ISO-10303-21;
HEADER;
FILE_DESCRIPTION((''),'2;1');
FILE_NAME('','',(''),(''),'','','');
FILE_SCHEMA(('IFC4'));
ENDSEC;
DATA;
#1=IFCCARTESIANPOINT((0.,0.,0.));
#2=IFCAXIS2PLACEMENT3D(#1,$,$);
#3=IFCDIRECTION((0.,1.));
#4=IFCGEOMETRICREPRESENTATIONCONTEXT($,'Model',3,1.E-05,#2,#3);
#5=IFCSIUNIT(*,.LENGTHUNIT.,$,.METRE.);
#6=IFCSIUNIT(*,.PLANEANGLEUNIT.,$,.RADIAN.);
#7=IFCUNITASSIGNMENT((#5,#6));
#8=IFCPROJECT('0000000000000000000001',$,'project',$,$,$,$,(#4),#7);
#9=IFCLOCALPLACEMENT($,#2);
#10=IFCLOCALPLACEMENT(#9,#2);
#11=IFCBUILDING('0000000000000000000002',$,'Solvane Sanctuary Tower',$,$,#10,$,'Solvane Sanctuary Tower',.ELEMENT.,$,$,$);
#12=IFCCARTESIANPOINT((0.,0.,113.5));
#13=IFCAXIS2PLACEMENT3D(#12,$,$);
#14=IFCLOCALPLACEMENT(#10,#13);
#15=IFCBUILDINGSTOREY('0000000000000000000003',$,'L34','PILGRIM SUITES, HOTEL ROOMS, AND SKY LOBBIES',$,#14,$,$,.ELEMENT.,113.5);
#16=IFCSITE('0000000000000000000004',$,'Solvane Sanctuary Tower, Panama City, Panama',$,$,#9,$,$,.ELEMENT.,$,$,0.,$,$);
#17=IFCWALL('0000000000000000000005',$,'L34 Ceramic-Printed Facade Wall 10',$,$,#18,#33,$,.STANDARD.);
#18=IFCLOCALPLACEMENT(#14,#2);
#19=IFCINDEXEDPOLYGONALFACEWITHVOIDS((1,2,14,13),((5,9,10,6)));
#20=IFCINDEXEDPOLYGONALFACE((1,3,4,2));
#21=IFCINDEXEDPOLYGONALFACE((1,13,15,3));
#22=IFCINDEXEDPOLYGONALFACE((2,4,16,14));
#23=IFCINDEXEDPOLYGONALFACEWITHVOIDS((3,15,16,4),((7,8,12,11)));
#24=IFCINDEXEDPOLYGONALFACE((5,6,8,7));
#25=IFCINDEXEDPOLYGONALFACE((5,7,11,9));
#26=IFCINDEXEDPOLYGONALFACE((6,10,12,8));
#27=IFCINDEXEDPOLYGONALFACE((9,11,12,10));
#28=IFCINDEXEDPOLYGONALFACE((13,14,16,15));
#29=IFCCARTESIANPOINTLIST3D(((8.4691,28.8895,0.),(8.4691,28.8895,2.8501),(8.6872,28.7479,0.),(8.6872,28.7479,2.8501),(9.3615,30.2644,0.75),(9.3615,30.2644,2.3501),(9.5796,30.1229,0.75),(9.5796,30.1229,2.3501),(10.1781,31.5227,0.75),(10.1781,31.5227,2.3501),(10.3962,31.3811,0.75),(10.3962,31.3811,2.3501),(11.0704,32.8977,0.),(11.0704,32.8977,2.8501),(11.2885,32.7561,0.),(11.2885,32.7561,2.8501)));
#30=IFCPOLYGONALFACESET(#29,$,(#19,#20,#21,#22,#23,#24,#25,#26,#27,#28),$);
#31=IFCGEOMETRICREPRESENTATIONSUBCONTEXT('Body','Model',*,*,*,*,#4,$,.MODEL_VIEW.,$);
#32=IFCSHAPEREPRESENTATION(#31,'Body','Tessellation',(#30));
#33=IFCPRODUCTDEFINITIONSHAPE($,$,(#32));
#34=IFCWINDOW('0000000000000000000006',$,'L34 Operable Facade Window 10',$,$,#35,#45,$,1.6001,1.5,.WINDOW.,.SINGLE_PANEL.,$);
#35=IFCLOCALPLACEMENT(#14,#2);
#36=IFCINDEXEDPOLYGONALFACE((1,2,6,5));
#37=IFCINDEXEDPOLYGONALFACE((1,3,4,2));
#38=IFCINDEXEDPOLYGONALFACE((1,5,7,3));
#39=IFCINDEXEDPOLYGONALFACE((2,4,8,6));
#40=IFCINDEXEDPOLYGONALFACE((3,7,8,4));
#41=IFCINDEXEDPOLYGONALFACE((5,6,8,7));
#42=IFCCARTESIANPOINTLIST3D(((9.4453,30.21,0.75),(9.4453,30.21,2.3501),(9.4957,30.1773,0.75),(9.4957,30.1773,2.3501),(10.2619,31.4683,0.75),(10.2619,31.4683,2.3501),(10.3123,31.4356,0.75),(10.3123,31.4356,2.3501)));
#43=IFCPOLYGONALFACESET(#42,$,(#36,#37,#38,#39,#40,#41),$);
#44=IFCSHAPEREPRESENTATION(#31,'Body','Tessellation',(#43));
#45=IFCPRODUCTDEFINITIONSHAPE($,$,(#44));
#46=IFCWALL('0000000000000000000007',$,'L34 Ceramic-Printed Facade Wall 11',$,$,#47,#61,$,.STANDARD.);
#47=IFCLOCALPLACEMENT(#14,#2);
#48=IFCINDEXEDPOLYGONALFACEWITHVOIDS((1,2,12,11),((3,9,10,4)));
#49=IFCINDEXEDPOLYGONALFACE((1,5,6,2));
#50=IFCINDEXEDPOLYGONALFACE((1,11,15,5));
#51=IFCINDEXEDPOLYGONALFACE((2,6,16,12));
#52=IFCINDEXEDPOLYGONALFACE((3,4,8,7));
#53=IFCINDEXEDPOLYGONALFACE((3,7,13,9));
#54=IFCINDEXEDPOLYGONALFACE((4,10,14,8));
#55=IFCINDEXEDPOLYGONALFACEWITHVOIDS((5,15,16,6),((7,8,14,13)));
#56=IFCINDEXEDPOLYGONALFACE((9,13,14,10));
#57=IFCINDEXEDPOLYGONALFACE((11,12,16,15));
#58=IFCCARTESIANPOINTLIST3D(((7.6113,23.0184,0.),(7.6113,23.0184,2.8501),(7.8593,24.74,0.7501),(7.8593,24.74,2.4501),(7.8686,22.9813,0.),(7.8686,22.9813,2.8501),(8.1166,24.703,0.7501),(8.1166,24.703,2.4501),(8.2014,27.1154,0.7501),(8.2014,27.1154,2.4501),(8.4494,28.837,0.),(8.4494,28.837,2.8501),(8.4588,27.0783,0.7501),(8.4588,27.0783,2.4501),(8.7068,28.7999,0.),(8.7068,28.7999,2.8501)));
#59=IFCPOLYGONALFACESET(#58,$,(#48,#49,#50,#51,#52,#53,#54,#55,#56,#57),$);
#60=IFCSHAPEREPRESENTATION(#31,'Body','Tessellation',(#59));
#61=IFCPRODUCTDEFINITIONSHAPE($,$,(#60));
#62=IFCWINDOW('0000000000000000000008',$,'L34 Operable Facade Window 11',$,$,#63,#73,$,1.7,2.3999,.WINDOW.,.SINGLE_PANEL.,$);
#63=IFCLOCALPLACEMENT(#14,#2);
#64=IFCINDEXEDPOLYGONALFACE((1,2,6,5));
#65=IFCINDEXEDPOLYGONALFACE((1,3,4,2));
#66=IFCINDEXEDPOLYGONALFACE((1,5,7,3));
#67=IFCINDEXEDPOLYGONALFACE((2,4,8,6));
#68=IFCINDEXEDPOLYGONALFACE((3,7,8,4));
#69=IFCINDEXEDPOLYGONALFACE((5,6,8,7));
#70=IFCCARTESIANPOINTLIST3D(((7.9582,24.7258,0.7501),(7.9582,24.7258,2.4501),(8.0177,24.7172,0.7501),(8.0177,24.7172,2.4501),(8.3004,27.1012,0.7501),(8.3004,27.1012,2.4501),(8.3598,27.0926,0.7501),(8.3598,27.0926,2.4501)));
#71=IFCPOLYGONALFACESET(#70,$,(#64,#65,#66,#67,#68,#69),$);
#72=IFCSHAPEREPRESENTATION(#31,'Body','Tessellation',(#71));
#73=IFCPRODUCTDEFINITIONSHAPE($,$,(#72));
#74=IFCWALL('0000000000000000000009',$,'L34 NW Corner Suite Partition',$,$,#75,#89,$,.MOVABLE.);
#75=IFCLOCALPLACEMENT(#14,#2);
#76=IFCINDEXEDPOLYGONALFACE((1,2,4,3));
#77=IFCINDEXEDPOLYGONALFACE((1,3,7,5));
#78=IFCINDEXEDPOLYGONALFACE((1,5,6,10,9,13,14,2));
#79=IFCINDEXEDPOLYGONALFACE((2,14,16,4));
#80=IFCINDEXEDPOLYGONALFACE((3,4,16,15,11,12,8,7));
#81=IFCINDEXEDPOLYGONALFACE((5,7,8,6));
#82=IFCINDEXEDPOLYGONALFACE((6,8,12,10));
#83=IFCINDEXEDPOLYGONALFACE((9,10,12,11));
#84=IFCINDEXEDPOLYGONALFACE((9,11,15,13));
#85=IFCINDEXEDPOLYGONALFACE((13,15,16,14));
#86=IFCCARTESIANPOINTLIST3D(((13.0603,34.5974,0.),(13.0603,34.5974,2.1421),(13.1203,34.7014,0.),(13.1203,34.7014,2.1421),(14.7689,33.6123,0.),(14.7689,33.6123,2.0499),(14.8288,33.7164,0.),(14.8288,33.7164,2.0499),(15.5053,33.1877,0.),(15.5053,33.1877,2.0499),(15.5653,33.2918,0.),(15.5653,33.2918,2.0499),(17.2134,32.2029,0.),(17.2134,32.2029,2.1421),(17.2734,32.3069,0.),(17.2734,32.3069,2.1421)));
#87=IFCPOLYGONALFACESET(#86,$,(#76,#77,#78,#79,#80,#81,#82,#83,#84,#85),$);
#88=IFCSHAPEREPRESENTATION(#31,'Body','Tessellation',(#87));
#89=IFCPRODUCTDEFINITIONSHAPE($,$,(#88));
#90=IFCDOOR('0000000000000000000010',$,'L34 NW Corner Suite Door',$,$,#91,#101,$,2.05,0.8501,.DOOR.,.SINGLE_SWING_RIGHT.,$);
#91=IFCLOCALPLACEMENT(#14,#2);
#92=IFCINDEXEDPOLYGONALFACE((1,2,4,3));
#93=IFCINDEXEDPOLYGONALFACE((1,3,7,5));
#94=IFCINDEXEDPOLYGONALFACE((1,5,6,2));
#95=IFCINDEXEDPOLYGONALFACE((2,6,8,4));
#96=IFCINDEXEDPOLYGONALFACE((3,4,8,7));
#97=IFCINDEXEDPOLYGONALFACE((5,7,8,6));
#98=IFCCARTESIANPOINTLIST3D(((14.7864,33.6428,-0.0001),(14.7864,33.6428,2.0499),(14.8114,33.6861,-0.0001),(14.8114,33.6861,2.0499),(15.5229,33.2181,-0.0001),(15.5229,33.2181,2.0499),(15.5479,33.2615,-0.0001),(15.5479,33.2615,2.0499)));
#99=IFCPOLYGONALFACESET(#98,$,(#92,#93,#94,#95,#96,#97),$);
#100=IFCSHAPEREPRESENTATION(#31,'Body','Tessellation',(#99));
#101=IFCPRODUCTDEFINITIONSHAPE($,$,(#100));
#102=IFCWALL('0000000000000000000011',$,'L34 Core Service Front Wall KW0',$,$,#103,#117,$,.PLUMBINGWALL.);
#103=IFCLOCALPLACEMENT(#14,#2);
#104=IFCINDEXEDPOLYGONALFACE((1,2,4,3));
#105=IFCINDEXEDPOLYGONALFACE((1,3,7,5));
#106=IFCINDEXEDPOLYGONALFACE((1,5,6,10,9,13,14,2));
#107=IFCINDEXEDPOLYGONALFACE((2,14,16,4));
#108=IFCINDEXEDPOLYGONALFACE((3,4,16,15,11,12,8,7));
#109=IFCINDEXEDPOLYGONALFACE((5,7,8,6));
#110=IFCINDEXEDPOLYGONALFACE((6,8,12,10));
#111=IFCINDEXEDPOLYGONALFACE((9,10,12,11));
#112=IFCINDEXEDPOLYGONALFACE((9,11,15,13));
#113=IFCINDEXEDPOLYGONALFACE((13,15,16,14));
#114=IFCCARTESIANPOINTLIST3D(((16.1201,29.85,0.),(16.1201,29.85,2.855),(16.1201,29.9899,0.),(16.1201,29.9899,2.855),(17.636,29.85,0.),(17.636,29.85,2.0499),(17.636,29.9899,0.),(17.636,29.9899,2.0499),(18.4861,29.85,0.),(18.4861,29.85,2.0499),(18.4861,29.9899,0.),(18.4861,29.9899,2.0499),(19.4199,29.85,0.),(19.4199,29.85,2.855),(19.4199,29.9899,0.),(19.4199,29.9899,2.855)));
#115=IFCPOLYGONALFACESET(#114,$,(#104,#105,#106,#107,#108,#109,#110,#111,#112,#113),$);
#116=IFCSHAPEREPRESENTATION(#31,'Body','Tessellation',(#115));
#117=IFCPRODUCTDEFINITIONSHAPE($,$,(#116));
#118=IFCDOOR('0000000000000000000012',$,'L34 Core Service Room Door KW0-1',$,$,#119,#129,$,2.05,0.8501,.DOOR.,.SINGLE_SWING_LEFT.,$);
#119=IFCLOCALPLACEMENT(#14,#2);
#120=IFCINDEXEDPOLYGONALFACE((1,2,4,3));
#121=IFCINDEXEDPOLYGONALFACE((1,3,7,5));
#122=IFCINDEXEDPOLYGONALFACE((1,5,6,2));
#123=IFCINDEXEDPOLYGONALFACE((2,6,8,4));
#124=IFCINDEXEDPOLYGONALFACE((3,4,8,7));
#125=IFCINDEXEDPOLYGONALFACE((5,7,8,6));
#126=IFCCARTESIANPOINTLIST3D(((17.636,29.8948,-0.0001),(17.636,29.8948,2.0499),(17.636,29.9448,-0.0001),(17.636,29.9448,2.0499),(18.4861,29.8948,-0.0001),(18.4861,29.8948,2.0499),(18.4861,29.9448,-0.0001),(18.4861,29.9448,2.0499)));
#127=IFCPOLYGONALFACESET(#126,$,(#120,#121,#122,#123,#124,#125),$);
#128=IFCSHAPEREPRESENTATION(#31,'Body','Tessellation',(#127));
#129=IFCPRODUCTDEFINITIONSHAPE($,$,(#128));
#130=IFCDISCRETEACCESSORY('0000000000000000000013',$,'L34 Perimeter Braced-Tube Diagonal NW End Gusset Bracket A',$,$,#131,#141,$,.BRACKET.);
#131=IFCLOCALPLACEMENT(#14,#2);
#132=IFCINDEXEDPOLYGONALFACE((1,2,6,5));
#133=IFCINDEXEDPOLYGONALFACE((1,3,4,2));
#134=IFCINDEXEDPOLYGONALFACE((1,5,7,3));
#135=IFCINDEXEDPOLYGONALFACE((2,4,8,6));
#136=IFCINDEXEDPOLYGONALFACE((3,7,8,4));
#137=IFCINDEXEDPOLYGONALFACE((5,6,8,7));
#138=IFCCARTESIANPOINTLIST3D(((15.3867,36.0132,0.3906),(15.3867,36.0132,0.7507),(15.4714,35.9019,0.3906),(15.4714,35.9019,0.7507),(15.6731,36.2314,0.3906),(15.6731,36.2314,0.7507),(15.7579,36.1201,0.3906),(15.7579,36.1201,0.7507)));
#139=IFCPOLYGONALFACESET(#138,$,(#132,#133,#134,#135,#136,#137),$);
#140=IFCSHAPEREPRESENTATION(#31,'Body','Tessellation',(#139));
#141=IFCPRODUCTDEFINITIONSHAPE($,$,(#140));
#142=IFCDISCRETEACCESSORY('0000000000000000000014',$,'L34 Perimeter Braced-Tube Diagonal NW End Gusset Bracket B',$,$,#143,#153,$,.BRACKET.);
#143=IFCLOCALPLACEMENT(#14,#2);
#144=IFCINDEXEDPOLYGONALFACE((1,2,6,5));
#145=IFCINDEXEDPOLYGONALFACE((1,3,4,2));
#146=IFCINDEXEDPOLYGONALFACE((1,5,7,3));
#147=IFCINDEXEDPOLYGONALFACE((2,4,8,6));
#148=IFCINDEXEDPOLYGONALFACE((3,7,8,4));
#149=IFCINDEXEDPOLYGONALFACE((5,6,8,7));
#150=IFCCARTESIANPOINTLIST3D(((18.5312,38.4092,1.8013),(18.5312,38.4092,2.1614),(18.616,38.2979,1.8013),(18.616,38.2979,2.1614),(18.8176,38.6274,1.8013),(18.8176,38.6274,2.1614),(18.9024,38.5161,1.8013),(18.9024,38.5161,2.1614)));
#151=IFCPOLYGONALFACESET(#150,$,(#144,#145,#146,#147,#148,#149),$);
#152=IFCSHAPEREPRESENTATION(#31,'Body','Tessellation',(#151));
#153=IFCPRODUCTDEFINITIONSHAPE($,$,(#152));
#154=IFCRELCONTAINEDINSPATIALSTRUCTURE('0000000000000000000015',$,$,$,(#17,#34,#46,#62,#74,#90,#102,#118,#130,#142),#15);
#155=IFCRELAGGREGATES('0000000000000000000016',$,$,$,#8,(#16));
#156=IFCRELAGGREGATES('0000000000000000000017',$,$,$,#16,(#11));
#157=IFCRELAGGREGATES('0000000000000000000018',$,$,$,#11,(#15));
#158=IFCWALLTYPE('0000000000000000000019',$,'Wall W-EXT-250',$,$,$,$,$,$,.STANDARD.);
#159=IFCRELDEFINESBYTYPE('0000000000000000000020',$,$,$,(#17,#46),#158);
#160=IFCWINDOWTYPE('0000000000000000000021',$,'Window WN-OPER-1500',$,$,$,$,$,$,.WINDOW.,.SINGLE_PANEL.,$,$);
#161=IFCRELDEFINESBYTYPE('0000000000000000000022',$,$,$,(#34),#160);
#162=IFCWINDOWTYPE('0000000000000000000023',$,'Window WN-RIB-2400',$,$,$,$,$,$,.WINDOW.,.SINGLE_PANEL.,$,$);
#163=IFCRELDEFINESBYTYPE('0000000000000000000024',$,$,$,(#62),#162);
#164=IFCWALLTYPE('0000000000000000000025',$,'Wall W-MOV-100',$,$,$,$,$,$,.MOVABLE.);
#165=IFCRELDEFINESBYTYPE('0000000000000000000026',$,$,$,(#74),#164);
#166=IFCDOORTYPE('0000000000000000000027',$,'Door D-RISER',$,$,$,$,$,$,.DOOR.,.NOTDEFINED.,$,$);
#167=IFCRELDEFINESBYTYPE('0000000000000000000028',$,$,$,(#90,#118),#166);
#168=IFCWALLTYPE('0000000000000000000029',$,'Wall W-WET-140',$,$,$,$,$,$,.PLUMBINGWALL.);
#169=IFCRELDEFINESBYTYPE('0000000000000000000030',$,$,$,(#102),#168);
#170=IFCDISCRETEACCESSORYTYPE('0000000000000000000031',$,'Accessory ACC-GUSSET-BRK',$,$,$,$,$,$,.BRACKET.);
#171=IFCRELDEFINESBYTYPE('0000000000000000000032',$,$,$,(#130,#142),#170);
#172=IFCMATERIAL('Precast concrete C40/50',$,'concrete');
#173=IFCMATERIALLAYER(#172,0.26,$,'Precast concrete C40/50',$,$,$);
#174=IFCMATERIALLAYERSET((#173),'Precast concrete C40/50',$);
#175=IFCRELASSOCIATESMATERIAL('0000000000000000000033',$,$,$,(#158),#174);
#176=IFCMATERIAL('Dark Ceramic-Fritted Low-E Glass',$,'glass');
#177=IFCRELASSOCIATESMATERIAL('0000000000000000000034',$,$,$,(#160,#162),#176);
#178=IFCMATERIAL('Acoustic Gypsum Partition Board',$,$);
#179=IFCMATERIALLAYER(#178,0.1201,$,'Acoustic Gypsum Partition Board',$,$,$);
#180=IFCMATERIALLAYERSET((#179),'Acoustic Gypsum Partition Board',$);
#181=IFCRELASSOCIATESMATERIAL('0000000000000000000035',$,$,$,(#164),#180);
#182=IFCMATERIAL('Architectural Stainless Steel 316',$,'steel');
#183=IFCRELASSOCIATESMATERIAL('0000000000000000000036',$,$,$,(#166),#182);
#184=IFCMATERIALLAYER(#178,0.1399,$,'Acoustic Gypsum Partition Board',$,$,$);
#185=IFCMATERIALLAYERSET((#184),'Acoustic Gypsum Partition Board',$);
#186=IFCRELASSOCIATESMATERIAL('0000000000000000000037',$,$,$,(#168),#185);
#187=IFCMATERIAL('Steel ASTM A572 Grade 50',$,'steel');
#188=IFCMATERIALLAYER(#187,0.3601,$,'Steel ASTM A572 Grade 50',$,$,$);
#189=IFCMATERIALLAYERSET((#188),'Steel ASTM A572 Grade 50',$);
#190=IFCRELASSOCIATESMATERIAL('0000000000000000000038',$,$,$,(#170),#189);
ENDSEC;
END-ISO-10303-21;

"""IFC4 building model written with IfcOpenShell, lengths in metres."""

from ifc_helpers import new_model, si_unit, direction, frame, frame_2d, origin, origin_2d, place, context, subcontext, project, spatial, rectangle, extrude, material, layer, layer_set, type_object, element, fill, save


model = new_model("IFC4")

# Units and contexts
model_context = context("Model", 3, precision=1e-05, world=origin(), true_north=direction((0.0, 1.0)))
body_context = subcontext(model_context, "Body", "Model", "MODEL_VIEW")
ifc_project = project(units=[si_unit("LENGTHUNIT", "METRE"), si_unit("PLANEANGLEUNIT", "RADIAN")], contexts=[model_context])

# Site, building, storey
site_placement = place(None, origin())
site = spatial("IfcSite", under=ifc_project, at=site_placement, Name="Solvane Sanctuary Tower, Panama City, Panama", CompositionType="ELEMENT", RefElevation=0.0)
building_placement = place(site_placement, origin())
building = spatial("IfcBuilding", under=site, at=building_placement, Name="Solvane Sanctuary Tower", LongName="Solvane Sanctuary Tower", CompositionType="ELEMENT")
storey_placement = place(building_placement, frame((0.0, 0.0, 113.5)))
storey = spatial("IfcBuildingStorey", under=building, at=storey_placement, Name="L34", Description="PILGRIM SUITES, HOTEL ROOMS, AND SKY LOBBIES", CompositionType="ELEMENT", Elevation=113.5)

# Shared definitions
ifc_material_1 = material(Name="Acoustic Gypsum Partition Board")

# Shared definitions
ifc_material_2 = material(Name="Precast concrete C40/50", Category="concrete")
ifc_layer_1 = layer(ifc_material_2, 0.26, Name="Precast concrete C40/50")
ifc_layer_set_1 = layer_set([ifc_layer_1], Name="Precast concrete C40/50")
wall_type_1 = type_object("IfcWallType", Name="Wall W-EXT-250", PredefinedType="STANDARD", material=ifc_layer_set_1)

# Walls, openings, windows
ifc_material_3 = material(Name="Dark Ceramic-Fritted Low-E Glass", Category="glass")
wall_1_placement = place(storey_placement, frame((11.1794, 32.8269, 0.0), z_axis=(0.0, 0.0, 1.0), x_axis=(-0.544388, -0.838833, 0.0)))
wall_1 = element("IfcWall", 1, at=wall_1_placement, inside=storey, type_object=wall_type_1, Name="L34 Ceramic-Printed Facade Wall 10", PredefinedType="STANDARD", context=body_context, shape_type="SweptSolid", body=[
    extrude(rectangle(XDim=4.7783, YDim=0.26, at=frame_2d((2.3892, 0.0))), origin(), (0.0, 0.0, 1.0), 2.8501),
])
opening_1_placement = place(wall_1_placement, frame((1.6392, 0.0, 0.75)))
opening_1 = element("IfcOpeningElement", 2, at=opening_1_placement, cuts=wall_1, PredefinedType="OPENING", context=body_context, shape_type="SweptSolid", body=[
    extrude(rectangle(XDim=1.5, YDim=1.6001, at=frame_2d((0.75, 0.8))), frame((0.0, 0.1399, 0.0), z_axis=(0.0, -1.0, 0.0), x_axis=(1.0, 0.0, 0.0)), (0.0, 0.0, 1.0), 0.28),
])
window_type_1 = type_object("IfcWindowType", Name="Window WN-OPER-1500", PartitioningType="SINGLE_PANEL", PredefinedType="WINDOW", material=ifc_material_3)
window_1_placement = place(opening_1_placement, origin())
window_1 = element("IfcWindow", 3, at=window_1_placement, inside=storey, type_object=window_type_1, Name="L34 Operable Facade Window 10", OverallHeight=1.6001, OverallWidth=1.5, PartitioningType="SINGLE_PANEL", PredefinedType="WINDOW", context=body_context, shape_type="SweptSolid", body=[
    extrude(rectangle(XDim=1.5, YDim=1.6001, at=frame_2d((0.75, 0.8))), frame((0.0, 0.03, 0.0), z_axis=(0.0, -1.0, 0.0), x_axis=(1.0, 0.0, 0.0)), (0.0, 0.0, 1.0), 0.0601),
])
fill(opening_1, window_1)
wall_2_placement = place(storey_placement, frame((8.5781, 28.8186, 0.0), z_axis=(0.0, 0.0, 1.0), x_axis=(-0.142572, -0.989784, 0.0)))
wall_2 = element("IfcWall", 4, at=wall_2_placement, inside=storey, type_object=wall_type_1, Name="L34 Ceramic-Printed Facade Wall 11", PredefinedType="STANDARD", context=body_context, shape_type="SweptSolid", body=[
    extrude(rectangle(XDim=5.8787, YDim=0.26, at=frame_2d((2.9395, 0.0))), origin(), (0.0, 0.0, 1.0), 2.8501),
])
opening_2_placement = place(wall_2_placement, frame((1.7395, 0.0, 0.75)))
opening_2 = element("IfcOpeningElement", 5, at=opening_2_placement, cuts=wall_2, PredefinedType="OPENING", context=body_context, shape_type="SweptSolid", body=[
    extrude(rectangle(XDim=2.3999, YDim=1.7, at=frame_2d((1.2, 0.8501))), frame((0.0, 0.1399, 0.0), z_axis=(0.0, -1.0, 0.0), x_axis=(1.0, 0.0, 0.0)), (0.0, 0.0, 1.0), 0.28),
])
window_type_2 = type_object("IfcWindowType", Name="Window WN-RIB-2400", PartitioningType="SINGLE_PANEL", PredefinedType="WINDOW", material=ifc_material_3)
window_2_placement = place(opening_2_placement, origin())
window_2 = element("IfcWindow", 6, at=window_2_placement, inside=storey, type_object=window_type_2, Name="L34 Operable Facade Window 11", OverallHeight=1.7, OverallWidth=2.3999, PartitioningType="SINGLE_PANEL", PredefinedType="WINDOW", context=body_context, shape_type="SweptSolid", body=[
    extrude(rectangle(XDim=2.3999, YDim=1.7, at=frame_2d((1.2, 0.8501))), frame((0.0, 0.03, 0.0), z_axis=(0.0, -1.0, 0.0), x_axis=(1.0, 0.0, 0.0)), (0.0, 0.0, 1.0), 0.0601),
])
fill(opening_2, window_2)

# Walls, openings, doors
ifc_layer_2 = layer(ifc_material_1, 0.1201, Name="Acoustic Gypsum Partition Board")
ifc_layer_set_2 = layer_set([ifc_layer_2], Name="Acoustic Gypsum Partition Board")
wall_type_2 = type_object("IfcWallType", Name="Wall W-MOV-100", PredefinedType="MOVABLE", material=ifc_layer_set_2)
wall_3_placement = place(storey_placement, frame((17.2434, 32.2549, 0.0), z_axis=(0.0, 0.0, 1.0), x_axis=(-0.866319, 0.499492, 0.0)))
wall_3 = element("IfcWall", 7, at=wall_3_placement, inside=storey, type_object=wall_type_2, Name="L34 NW Corner Suite Partition", PredefinedType="MOVABLE", context=body_context, shape_type="SweptSolid", body=[
    extrude(rectangle(XDim=4.7939, YDim=0.1201, at=frame_2d((2.397, 0.0))), origin(), (0.0, 0.0, 1.0), 2.1421),
])
opening_3_placement = place(wall_3_placement, frame((1.9717, 0.0, 0.0)))
opening_3 = element("IfcOpeningElement", 8, at=opening_3_placement, cuts=wall_3, PredefinedType="OPENING", context=body_context, shape_type="SweptSolid", body=[
    extrude(rectangle(XDim=0.8501, YDim=2.05, at=frame_2d((0.425, 1.0249))), frame((0.0, 0.0701, 0.0), z_axis=(0.0, -1.0, 0.0), x_axis=(1.0, 0.0, 0.0)), (0.0, 0.0, 1.0), 0.1401),
])
ifc_material_4 = material(Name="Architectural Stainless Steel 316", Category="steel")
door_type_1 = type_object("IfcDoorType", Name="Door D-RISER", OperationType="NOTDEFINED", PredefinedType="DOOR", material=ifc_material_4)
door_1_placement = place(opening_3_placement, origin())
door_1 = element("IfcDoor", 9, at=door_1_placement, inside=storey, type_object=door_type_1, Name="L34 NW Corner Suite Door", OperationType="SINGLE_SWING_RIGHT", OverallHeight=2.05, OverallWidth=0.8501, PredefinedType="DOOR", context=body_context, shape_type="SweptSolid", body=[
    extrude(rectangle(XDim=0.8501, YDim=2.05, at=frame_2d((0.425, 1.0249))), frame((0.0, 0.0249, 0.0), z_axis=(0.0, -1.0, 0.0), x_axis=(1.0, 0.0, 0.0)), (0.0, 0.0, 1.0), 0.05),
])
fill(opening_3, door_1)
ifc_layer_3 = layer(ifc_material_1, 0.1399, Name="Acoustic Gypsum Partition Board")
ifc_layer_set_3 = layer_set([ifc_layer_3], Name="Acoustic Gypsum Partition Board")
wall_type_3 = type_object("IfcWallType", Name="Wall W-WET-140", PredefinedType="PLUMBINGWALL", material=ifc_layer_set_3)
wall_4_placement = place(storey_placement, frame((16.1201, 29.9199, 0.0), z_axis=(0.0, 0.0, 1.0), x_axis=(1.0, 0.0, 0.0)))
wall_4 = element("IfcWall", 10, at=wall_4_placement, inside=storey, type_object=wall_type_3, Name="L34 Core Service Front Wall KW0", PredefinedType="PLUMBINGWALL", context=body_context, shape_type="SweptSolid", body=[
    extrude(rectangle(XDim=3.2998, YDim=0.1399, at=frame_2d((1.6499, 0.0))), origin(), (0.0, 0.0, 1.0), 2.855),
])
opening_4_placement = place(wall_4_placement, frame((1.5159, 0.0, 0.0)))
opening_4 = element("IfcOpeningElement", 11, at=opening_4_placement, cuts=wall_4, PredefinedType="OPENING", context=body_context, shape_type="SweptSolid", body=[
    extrude(rectangle(XDim=0.8501, YDim=2.05, at=frame_2d((0.425, 1.0249))), frame((0.0, 0.0798, 0.0), z_axis=(0.0, -1.0, 0.0), x_axis=(1.0, 0.0, 0.0)), (0.0, 0.0, 1.0), 0.1599),
])
door_2_placement = place(opening_4_placement, origin())
door_2 = element("IfcDoor", 12, at=door_2_placement, inside=storey, type_object=door_type_1, Name="L34 Core Service Room Door KW0-1", OperationType="SINGLE_SWING_LEFT", OverallHeight=2.05, OverallWidth=0.8501, PredefinedType="DOOR", context=body_context, shape_type="SweptSolid", body=[
    extrude(rectangle(XDim=0.8501, YDim=2.05, at=frame_2d((0.425, 1.0249))), frame((0.0, 0.0249, 0.0), z_axis=(0.0, -1.0, 0.0), x_axis=(1.0, 0.0, 0.0)), (0.0, 0.0, 1.0), 0.05),
])
fill(opening_4, door_2)

# Discrete accessories
ifc_material_5 = material(Name="Steel ASTM A572 Grade 50", Category="steel")
ifc_layer_4 = layer(ifc_material_5, 0.3601, Name="Steel ASTM A572 Grade 50")
ifc_layer_set_4 = layer_set([ifc_layer_4], Name="Steel ASTM A572 Grade 50")
discrete_accessory_type = type_object("IfcDiscreteAccessoryType", Name="Accessory ACC-GUSSET-BRK", PredefinedType="BRACKET", material=ifc_layer_set_4)
for number, where, z_axis, x_axis, name in (
    (13, (15.5723, 36.0667, 0.3906), (0.0, 0.0, 1.0), (0.795473, 0.605988, 0.0), "L34 Perimeter Braced-Tube Diagonal NW End Gusset Bracket A"),
    (14, (18.7168, 38.4626, 1.8013), (0.0, 0.0, 1.0), (0.795473, 0.605988, 0.0), "L34 Perimeter Braced-Tube Diagonal NW End Gusset Bracket B"),
):
    element("IfcDiscreteAccessory", number, at=place(storey_placement, frame(where, z_axis=z_axis, x_axis=x_axis)), inside=storey, type_object=discrete_accessory_type, Name=name, PredefinedType="BRACKET", context=body_context, shape_type="SweptSolid", body=[
        extrude(rectangle(XDim=0.3601, YDim=0.1399, at=origin_2d()), origin(), (0.0, 0.0, 1.0), 0.3601),
    ])

save(model, "model.ifc")
